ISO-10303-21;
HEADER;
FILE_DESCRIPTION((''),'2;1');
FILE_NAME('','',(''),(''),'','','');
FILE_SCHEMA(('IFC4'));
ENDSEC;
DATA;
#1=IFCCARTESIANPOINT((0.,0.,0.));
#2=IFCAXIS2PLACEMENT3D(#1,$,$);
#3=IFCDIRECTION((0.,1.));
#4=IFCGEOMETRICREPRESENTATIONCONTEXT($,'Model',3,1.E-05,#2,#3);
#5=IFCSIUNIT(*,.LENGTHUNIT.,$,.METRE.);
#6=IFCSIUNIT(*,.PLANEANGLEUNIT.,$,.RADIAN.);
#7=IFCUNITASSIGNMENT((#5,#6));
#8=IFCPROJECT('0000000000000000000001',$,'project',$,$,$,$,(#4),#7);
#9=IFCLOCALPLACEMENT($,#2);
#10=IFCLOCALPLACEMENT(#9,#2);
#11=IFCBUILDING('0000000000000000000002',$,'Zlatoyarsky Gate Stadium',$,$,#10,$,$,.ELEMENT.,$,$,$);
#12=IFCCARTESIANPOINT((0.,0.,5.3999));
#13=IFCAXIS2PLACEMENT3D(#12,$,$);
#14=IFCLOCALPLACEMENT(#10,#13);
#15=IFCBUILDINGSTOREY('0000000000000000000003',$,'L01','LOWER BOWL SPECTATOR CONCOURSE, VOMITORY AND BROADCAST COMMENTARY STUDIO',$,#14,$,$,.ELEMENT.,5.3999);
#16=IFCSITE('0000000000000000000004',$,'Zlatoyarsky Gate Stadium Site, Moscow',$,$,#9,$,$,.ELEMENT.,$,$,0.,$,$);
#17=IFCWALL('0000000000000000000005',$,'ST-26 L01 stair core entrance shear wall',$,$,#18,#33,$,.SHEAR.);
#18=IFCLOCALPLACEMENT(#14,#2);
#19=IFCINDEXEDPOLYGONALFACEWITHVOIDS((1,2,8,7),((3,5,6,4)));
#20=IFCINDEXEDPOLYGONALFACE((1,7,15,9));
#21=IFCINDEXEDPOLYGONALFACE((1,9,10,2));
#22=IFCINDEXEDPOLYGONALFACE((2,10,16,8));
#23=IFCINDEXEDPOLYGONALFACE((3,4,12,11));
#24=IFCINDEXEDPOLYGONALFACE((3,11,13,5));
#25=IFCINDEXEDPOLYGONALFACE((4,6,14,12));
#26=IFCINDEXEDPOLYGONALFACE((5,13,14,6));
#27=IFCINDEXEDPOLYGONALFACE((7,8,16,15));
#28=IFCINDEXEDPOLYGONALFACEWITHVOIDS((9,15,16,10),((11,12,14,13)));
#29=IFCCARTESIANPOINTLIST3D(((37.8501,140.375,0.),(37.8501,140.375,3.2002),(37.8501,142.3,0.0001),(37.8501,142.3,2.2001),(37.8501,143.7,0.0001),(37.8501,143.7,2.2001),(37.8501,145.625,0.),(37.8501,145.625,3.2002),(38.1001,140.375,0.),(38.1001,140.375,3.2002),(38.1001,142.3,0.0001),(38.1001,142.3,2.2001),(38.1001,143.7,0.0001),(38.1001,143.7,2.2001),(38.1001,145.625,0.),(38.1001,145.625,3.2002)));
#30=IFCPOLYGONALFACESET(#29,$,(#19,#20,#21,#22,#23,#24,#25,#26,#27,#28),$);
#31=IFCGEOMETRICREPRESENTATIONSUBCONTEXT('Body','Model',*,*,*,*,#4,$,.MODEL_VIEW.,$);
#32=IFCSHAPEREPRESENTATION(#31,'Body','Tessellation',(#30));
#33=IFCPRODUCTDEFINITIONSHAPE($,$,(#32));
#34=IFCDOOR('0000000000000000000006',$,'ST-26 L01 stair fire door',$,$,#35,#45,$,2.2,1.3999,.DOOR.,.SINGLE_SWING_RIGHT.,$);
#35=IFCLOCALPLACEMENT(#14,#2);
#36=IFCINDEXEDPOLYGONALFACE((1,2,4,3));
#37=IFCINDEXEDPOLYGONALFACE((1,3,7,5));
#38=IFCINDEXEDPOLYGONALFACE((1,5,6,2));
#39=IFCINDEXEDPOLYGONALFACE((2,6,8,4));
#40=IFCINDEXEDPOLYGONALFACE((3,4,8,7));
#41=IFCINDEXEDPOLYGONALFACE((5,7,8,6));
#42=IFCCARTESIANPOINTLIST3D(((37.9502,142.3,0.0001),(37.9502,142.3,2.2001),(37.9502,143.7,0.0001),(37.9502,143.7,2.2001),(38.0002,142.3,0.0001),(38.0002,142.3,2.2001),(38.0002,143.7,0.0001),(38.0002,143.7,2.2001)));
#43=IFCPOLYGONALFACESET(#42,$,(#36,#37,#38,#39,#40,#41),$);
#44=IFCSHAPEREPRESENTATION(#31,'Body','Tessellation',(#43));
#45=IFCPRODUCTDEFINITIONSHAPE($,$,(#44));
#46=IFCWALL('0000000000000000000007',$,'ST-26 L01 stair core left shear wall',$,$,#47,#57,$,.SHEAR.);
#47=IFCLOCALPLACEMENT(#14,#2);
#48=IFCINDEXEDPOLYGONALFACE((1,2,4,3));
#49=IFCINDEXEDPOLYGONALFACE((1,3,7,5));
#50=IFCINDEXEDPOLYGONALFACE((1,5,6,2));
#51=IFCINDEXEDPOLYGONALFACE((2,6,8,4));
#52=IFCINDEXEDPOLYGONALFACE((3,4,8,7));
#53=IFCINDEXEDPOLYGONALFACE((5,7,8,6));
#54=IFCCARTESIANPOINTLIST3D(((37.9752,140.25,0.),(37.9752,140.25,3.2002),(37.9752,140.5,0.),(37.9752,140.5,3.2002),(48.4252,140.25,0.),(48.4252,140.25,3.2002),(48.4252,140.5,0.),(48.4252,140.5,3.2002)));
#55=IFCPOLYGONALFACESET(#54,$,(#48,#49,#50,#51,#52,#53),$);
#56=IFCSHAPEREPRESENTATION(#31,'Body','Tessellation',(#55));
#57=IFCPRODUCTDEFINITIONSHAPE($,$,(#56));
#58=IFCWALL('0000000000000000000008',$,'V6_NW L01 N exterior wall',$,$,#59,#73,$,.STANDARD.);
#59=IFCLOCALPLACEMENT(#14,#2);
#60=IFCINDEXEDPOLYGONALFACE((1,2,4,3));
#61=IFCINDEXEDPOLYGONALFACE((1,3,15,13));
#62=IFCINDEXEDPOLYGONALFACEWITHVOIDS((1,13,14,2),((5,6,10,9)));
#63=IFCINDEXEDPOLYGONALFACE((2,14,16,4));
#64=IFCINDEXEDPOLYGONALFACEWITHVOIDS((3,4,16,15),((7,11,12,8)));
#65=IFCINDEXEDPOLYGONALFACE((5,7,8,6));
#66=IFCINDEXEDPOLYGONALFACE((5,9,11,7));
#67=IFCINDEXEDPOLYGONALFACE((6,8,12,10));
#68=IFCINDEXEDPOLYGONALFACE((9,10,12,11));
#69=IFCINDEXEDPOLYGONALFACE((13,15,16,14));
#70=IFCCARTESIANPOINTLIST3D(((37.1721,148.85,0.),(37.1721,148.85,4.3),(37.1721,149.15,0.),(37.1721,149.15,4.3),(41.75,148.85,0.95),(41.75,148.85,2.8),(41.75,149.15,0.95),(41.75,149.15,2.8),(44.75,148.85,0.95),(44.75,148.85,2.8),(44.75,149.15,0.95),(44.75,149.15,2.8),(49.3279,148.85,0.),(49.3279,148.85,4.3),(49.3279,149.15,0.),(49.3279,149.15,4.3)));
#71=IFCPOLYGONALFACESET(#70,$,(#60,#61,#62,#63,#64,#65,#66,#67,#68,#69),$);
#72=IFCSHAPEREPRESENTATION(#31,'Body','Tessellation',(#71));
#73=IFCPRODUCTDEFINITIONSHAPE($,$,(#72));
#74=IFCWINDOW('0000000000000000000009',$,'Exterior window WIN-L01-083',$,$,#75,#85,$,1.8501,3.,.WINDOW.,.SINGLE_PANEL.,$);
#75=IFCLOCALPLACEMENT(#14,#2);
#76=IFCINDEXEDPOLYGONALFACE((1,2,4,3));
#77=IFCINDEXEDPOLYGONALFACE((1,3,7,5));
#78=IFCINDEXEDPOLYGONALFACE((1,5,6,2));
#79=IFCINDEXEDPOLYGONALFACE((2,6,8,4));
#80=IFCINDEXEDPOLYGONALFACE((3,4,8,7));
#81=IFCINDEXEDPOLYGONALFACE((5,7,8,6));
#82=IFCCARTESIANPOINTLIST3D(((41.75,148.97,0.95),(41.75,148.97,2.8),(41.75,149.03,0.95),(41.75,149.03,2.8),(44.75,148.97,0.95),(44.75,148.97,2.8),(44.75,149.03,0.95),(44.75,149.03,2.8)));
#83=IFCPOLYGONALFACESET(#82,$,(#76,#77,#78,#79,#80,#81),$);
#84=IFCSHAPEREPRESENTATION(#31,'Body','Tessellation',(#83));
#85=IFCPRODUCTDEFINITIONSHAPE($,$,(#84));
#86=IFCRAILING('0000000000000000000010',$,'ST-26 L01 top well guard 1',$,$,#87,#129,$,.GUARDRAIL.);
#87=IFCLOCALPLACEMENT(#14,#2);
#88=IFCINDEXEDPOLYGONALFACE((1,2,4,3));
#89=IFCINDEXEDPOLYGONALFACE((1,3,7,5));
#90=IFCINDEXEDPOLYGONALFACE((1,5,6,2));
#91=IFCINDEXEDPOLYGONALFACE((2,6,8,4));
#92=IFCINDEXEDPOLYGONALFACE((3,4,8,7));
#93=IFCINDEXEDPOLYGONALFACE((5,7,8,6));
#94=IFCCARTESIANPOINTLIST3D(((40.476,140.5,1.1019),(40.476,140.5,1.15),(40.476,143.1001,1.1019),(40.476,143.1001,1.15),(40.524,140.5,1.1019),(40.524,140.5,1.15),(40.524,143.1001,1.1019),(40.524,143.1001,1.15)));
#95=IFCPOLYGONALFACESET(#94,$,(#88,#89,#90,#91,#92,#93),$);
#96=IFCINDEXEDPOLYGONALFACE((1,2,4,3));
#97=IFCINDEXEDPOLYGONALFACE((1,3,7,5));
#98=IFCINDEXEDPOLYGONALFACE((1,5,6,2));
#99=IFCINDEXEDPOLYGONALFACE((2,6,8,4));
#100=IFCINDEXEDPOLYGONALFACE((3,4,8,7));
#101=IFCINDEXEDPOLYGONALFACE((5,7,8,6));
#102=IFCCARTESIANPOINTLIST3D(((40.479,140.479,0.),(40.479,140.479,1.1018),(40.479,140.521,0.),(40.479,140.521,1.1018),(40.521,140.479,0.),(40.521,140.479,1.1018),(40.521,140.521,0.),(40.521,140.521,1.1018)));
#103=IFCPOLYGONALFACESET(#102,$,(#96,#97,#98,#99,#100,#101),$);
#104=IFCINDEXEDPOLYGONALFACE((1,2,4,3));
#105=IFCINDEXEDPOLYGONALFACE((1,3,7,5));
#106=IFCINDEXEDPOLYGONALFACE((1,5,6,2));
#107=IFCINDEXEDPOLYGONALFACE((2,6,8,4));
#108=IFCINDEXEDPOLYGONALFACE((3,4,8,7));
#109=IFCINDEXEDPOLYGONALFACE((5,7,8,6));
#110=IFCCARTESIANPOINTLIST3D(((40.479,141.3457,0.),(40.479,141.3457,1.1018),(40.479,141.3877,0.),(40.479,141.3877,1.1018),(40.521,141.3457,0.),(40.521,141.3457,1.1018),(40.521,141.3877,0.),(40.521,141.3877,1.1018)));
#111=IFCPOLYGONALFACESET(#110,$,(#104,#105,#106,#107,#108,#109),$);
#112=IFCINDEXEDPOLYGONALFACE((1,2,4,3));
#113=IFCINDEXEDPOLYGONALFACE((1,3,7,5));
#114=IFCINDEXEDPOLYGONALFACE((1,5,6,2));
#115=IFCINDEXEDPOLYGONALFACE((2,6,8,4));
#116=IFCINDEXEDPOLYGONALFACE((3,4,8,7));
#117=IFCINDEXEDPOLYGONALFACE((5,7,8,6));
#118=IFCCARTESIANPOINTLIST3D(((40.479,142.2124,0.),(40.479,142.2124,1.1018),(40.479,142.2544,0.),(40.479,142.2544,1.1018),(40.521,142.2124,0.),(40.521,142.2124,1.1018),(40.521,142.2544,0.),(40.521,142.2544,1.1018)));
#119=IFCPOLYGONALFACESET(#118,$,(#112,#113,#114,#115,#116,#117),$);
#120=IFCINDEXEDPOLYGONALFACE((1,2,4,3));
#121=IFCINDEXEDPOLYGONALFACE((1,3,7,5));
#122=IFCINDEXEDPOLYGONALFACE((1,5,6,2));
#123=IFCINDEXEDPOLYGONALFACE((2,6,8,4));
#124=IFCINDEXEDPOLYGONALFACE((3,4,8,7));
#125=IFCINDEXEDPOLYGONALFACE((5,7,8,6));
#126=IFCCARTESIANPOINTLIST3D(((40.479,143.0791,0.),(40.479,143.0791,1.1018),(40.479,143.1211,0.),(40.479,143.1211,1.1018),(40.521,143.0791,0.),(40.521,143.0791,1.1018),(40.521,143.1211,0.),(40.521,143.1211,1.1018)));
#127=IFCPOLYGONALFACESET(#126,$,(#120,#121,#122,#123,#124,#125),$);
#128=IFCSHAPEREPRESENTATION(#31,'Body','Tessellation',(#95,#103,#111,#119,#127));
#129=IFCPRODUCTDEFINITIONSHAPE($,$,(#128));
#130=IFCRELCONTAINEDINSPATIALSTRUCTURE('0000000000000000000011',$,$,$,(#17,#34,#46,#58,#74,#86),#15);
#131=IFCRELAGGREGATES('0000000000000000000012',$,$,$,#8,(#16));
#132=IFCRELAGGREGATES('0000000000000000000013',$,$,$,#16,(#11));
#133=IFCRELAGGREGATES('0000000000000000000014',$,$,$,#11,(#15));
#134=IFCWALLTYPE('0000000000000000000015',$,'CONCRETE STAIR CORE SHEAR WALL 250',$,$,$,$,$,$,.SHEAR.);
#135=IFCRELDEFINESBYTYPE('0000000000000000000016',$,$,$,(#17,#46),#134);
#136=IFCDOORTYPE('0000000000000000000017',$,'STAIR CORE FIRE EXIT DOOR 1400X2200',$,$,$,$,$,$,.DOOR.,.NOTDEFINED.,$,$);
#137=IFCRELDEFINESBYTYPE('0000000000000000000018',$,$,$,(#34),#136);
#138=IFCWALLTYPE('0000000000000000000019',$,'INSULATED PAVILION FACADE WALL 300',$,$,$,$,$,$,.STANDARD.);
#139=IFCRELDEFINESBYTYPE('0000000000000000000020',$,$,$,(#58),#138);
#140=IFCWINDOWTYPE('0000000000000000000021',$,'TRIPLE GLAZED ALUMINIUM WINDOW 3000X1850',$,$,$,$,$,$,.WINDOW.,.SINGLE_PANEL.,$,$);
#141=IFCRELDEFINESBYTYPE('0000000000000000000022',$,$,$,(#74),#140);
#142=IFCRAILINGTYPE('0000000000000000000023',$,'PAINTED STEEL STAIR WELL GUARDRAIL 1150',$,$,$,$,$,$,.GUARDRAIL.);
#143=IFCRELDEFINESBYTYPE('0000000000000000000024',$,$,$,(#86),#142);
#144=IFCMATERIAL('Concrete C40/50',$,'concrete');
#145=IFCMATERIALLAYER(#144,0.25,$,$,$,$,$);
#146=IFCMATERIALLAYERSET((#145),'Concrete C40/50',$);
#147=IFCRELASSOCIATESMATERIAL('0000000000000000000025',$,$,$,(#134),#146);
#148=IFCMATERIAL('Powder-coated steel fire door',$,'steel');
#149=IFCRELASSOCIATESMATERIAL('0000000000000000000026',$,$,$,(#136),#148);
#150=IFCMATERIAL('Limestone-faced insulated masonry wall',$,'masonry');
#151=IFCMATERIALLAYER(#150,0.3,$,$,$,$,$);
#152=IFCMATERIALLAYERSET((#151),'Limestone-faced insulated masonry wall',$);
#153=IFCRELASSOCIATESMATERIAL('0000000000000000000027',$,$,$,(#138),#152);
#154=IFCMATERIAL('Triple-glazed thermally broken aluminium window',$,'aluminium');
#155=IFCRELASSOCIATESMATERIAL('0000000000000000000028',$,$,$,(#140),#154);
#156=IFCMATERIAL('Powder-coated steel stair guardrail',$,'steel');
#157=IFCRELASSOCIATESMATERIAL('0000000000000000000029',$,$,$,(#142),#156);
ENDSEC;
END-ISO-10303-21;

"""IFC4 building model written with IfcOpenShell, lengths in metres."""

from ifc_helpers import new_model, si_unit, direction, frame, frame_2d, origin, origin_2d, place, context, subcontext, project, spatial, rectangle, extrude, material, layer, layer_set, type_object, element, fill, save


model = new_model("IFC4")

# Units and contexts
model_context = context("Model", 3, precision=1e-05, world=origin(), true_north=direction((0.0, 1.0)))
body_context = subcontext(model_context, "Body", "Model", "MODEL_VIEW")
ifc_project = project(units=[si_unit("LENGTHUNIT", "METRE"), si_unit("PLANEANGLEUNIT", "RADIAN")], contexts=[model_context])

# Site, building, storey
site_placement = place(None, origin())
site = spatial("IfcSite", under=ifc_project, at=site_placement, Name="Zlatoyarsky Gate Stadium Site, Moscow", CompositionType="ELEMENT", RefElevation=0.0)
building_placement = place(site_placement, origin())
building = spatial("IfcBuilding", under=site, at=building_placement, Name="Zlatoyarsky Gate Stadium", CompositionType="ELEMENT")
storey_placement = place(building_placement, frame((0.0, 0.0, 5.3999)))
storey = spatial("IfcBuildingStorey", under=building, at=storey_placement, Name="L01", Description="LOWER BOWL SPECTATOR CONCOURSE, VOMITORY AND BROADCAST COMMENTARY STUDIO", CompositionType="ELEMENT", Elevation=5.3999)

# Shared definitions
ifc_material_1 = material(Name="Concrete C40/50", Category="concrete")
ifc_layer_1 = layer(ifc_material_1, 0.25)
ifc_layer_set_1 = layer_set([ifc_layer_1], Name="Concrete C40/50")
wall_type_1 = type_object("IfcWallType", Name="CONCRETE STAIR CORE SHEAR WALL 250", PredefinedType="SHEAR", material=ifc_layer_set_1)

# Wall, opening, door
wall_1_placement = place(storey_placement, frame((37.9751, 145.625, 0.0), z_axis=(0.0, 0.0, 1.0), x_axis=(0.0, -1.0, 0.0)))
wall_1 = element("IfcWall", 1, at=wall_1_placement, inside=storey, type_object=wall_type_1, Name="ST-26 L01 stair core entrance shear wall", PredefinedType="SHEAR", context=body_context, shape_type="SweptSolid", body=[
    extrude(rectangle(XDim=5.25, YDim=0.25, at=frame_2d((2.625, 0.0))), origin(), (0.0, 0.0, 1.0), 3.2002),
])
opening_1_placement = place(wall_1_placement, frame((1.925, 0.0, 0.0)))
opening_1 = element("IfcOpeningElement", 2, at=opening_1_placement, cuts=wall_1, PredefinedType="OPENING", context=body_context, shape_type="SweptSolid", body=[
    extrude(rectangle(XDim=1.3999, YDim=2.2, at=frame_2d((0.7, 1.1001))), frame((0.0, 0.135, 0.0), z_axis=(0.0, -1.0, 0.0), x_axis=(1.0, 0.0, 0.0)), (0.0, 0.0, 1.0), 0.27),
])
ifc_material_2 = material(Name="Powder-coated steel fire door", Category="steel")
door_type = type_object("IfcDoorType", Name="STAIR CORE FIRE EXIT DOOR 1400X2200", OperationType="NOTDEFINED", PredefinedType="DOOR", material=ifc_material_2)
door_placement = place(opening_1_placement, frame((1.3999, 0.0, 0.0), z_axis=(0.0, 0.0, 1.0), x_axis=(-1.0, 0.0, 0.0)))
door = element("IfcDoor", 3, at=door_placement, inside=storey, type_object=door_type, Name="ST-26 L01 stair fire door", OperationType="SINGLE_SWING_RIGHT", OverallHeight=2.2, OverallWidth=1.3999, PredefinedType="DOOR", context=body_context, shape_type="SweptSolid", body=[
    extrude(rectangle(XDim=1.3999, YDim=2.2, at=frame_2d((0.7, 1.1001))), frame((0.0, 0.0249, 0.0), z_axis=(0.0, -1.0, 0.0), x_axis=(1.0, 0.0, 0.0)), (0.0, 0.0, 1.0), 0.05),
])
fill(opening_1, door)

# Wall
wall_2_placement = place(storey_placement, frame((37.9751, 140.375, 0.0), z_axis=(0.0, 0.0, 1.0), x_axis=(1.0, 0.0, 0.0)))
element("IfcWall", 4, at=wall_2_placement, inside=storey, type_object=wall_type_1, Name="ST-26 L01 stair core left shear wall", PredefinedType="SHEAR", context=body_context, shape_type="SweptSolid", body=[
    extrude(rectangle(XDim=10.45, YDim=0.25, at=frame_2d((5.2251, 0.0))), origin(), (0.0, 0.0, 1.0), 3.2002),
])

# Wall, opening, window
ifc_material_3 = material(Name="Limestone-faced insulated masonry wall", Category="masonry")
ifc_layer_2 = layer(ifc_material_3, 0.3)
ifc_layer_set_2 = layer_set([ifc_layer_2], Name="Limestone-faced insulated masonry wall")
wall_type_2 = type_object("IfcWallType", Name="INSULATED PAVILION FACADE WALL 300", PredefinedType="STANDARD", material=ifc_layer_set_2)
wall_3_placement = place(storey_placement, frame((37.1721, 149.0, 0.0), z_axis=(0.0, 0.0, 1.0), x_axis=(1.0, 0.0, 0.0)))
wall_3 = element("IfcWall", 5, at=wall_3_placement, inside=storey, type_object=wall_type_2, Name="V6_NW L01 N exterior wall", PredefinedType="STANDARD", context=body_context, shape_type="SweptSolid", body=[
    extrude(rectangle(XDim=12.1558, YDim=0.3, at=frame_2d((6.0779, 0.0))), origin(), (0.0, 0.0, 1.0), 4.3),
])
opening_2_placement = place(wall_3_placement, frame((4.5779, 0.0, 0.95)))
opening_2 = element("IfcOpeningElement", 6, at=opening_2_placement, cuts=wall_3, PredefinedType="OPENING", context=body_context, shape_type="SweptSolid", body=[
    extrude(rectangle(XDim=3.0, YDim=1.8501, at=frame_2d((1.5, 0.925))), frame((0.0, 0.1599, 0.0), z_axis=(0.0, -1.0, 0.0), x_axis=(1.0, 0.0, 0.0)), (0.0, 0.0, 1.0), 0.3201),
])
ifc_material_4 = material(Name="Triple-glazed thermally broken aluminium window", Category="aluminium")
window_type = type_object("IfcWindowType", Name="TRIPLE GLAZED ALUMINIUM WINDOW 3000X1850", PartitioningType="SINGLE_PANEL", PredefinedType="WINDOW", material=ifc_material_4)
window_placement = place(opening_2_placement, origin())
window = element("IfcWindow", 7, at=window_placement, inside=storey, type_object=window_type, Name="Exterior window WIN-L01-083", OverallHeight=1.8501, OverallWidth=3.0, PartitioningType="SINGLE_PANEL", PredefinedType="WINDOW", context=body_context, shape_type="SweptSolid", body=[
    extrude(rectangle(XDim=3.0, YDim=1.8501, at=frame_2d((1.5, 0.925))), frame((0.0, 0.03, 0.0), z_axis=(0.0, -1.0, 0.0), x_axis=(1.0, 0.0, 0.0)), (0.0, 0.0, 1.0), 0.0601),
])
fill(opening_2, window)

# Railing
ifc_material_5 = material(Name="Powder-coated steel stair guardrail", Category="steel")
railing_type = type_object("IfcRailingType", Name="PAINTED STEEL STAIR WELL GUARDRAIL 1150", PredefinedType="GUARDRAIL", material=ifc_material_5)
railing_placement = place(storey_placement, frame((40.5, 140.5, 0.0)))
element("IfcRailing", 8, at=railing_placement, inside=storey, type_object=railing_type, Name="ST-26 L01 top well guard 1", PredefinedType="GUARDRAIL", context=body_context, shape_type="SweptSolid", body=[
    extrude(rectangle(XDim=0.0481, YDim=0.0481, at=origin_2d()), frame((0.0, 0.0, 1.126), z_axis=(0.0, 1.0, 0.0), x_axis=(-1.0, 0.0, 0.0)), (0.0, 0.0, 1.0), 2.6001),
    extrude(rectangle(XDim=0.042, YDim=0.042, at=origin_2d()), origin(), (0.0, 0.0, 1.0), 1.1018),
    extrude(rectangle(XDim=0.042, YDim=0.042, at=origin_2d()), frame((0.0, 0.8667, 0.0)), (0.0, 0.0, 1.0), 1.1018),
    extrude(rectangle(XDim=0.042, YDim=0.042, at=origin_2d()), frame((0.0, 1.7334, 0.0)), (0.0, 0.0, 1.0), 1.1018),
    extrude(rectangle(XDim=0.042, YDim=0.042, at=origin_2d()), frame((0.0, 2.6001, 0.0)), (0.0, 0.0, 1.0), 1.1018),
])

save(model, "model.ifc")
